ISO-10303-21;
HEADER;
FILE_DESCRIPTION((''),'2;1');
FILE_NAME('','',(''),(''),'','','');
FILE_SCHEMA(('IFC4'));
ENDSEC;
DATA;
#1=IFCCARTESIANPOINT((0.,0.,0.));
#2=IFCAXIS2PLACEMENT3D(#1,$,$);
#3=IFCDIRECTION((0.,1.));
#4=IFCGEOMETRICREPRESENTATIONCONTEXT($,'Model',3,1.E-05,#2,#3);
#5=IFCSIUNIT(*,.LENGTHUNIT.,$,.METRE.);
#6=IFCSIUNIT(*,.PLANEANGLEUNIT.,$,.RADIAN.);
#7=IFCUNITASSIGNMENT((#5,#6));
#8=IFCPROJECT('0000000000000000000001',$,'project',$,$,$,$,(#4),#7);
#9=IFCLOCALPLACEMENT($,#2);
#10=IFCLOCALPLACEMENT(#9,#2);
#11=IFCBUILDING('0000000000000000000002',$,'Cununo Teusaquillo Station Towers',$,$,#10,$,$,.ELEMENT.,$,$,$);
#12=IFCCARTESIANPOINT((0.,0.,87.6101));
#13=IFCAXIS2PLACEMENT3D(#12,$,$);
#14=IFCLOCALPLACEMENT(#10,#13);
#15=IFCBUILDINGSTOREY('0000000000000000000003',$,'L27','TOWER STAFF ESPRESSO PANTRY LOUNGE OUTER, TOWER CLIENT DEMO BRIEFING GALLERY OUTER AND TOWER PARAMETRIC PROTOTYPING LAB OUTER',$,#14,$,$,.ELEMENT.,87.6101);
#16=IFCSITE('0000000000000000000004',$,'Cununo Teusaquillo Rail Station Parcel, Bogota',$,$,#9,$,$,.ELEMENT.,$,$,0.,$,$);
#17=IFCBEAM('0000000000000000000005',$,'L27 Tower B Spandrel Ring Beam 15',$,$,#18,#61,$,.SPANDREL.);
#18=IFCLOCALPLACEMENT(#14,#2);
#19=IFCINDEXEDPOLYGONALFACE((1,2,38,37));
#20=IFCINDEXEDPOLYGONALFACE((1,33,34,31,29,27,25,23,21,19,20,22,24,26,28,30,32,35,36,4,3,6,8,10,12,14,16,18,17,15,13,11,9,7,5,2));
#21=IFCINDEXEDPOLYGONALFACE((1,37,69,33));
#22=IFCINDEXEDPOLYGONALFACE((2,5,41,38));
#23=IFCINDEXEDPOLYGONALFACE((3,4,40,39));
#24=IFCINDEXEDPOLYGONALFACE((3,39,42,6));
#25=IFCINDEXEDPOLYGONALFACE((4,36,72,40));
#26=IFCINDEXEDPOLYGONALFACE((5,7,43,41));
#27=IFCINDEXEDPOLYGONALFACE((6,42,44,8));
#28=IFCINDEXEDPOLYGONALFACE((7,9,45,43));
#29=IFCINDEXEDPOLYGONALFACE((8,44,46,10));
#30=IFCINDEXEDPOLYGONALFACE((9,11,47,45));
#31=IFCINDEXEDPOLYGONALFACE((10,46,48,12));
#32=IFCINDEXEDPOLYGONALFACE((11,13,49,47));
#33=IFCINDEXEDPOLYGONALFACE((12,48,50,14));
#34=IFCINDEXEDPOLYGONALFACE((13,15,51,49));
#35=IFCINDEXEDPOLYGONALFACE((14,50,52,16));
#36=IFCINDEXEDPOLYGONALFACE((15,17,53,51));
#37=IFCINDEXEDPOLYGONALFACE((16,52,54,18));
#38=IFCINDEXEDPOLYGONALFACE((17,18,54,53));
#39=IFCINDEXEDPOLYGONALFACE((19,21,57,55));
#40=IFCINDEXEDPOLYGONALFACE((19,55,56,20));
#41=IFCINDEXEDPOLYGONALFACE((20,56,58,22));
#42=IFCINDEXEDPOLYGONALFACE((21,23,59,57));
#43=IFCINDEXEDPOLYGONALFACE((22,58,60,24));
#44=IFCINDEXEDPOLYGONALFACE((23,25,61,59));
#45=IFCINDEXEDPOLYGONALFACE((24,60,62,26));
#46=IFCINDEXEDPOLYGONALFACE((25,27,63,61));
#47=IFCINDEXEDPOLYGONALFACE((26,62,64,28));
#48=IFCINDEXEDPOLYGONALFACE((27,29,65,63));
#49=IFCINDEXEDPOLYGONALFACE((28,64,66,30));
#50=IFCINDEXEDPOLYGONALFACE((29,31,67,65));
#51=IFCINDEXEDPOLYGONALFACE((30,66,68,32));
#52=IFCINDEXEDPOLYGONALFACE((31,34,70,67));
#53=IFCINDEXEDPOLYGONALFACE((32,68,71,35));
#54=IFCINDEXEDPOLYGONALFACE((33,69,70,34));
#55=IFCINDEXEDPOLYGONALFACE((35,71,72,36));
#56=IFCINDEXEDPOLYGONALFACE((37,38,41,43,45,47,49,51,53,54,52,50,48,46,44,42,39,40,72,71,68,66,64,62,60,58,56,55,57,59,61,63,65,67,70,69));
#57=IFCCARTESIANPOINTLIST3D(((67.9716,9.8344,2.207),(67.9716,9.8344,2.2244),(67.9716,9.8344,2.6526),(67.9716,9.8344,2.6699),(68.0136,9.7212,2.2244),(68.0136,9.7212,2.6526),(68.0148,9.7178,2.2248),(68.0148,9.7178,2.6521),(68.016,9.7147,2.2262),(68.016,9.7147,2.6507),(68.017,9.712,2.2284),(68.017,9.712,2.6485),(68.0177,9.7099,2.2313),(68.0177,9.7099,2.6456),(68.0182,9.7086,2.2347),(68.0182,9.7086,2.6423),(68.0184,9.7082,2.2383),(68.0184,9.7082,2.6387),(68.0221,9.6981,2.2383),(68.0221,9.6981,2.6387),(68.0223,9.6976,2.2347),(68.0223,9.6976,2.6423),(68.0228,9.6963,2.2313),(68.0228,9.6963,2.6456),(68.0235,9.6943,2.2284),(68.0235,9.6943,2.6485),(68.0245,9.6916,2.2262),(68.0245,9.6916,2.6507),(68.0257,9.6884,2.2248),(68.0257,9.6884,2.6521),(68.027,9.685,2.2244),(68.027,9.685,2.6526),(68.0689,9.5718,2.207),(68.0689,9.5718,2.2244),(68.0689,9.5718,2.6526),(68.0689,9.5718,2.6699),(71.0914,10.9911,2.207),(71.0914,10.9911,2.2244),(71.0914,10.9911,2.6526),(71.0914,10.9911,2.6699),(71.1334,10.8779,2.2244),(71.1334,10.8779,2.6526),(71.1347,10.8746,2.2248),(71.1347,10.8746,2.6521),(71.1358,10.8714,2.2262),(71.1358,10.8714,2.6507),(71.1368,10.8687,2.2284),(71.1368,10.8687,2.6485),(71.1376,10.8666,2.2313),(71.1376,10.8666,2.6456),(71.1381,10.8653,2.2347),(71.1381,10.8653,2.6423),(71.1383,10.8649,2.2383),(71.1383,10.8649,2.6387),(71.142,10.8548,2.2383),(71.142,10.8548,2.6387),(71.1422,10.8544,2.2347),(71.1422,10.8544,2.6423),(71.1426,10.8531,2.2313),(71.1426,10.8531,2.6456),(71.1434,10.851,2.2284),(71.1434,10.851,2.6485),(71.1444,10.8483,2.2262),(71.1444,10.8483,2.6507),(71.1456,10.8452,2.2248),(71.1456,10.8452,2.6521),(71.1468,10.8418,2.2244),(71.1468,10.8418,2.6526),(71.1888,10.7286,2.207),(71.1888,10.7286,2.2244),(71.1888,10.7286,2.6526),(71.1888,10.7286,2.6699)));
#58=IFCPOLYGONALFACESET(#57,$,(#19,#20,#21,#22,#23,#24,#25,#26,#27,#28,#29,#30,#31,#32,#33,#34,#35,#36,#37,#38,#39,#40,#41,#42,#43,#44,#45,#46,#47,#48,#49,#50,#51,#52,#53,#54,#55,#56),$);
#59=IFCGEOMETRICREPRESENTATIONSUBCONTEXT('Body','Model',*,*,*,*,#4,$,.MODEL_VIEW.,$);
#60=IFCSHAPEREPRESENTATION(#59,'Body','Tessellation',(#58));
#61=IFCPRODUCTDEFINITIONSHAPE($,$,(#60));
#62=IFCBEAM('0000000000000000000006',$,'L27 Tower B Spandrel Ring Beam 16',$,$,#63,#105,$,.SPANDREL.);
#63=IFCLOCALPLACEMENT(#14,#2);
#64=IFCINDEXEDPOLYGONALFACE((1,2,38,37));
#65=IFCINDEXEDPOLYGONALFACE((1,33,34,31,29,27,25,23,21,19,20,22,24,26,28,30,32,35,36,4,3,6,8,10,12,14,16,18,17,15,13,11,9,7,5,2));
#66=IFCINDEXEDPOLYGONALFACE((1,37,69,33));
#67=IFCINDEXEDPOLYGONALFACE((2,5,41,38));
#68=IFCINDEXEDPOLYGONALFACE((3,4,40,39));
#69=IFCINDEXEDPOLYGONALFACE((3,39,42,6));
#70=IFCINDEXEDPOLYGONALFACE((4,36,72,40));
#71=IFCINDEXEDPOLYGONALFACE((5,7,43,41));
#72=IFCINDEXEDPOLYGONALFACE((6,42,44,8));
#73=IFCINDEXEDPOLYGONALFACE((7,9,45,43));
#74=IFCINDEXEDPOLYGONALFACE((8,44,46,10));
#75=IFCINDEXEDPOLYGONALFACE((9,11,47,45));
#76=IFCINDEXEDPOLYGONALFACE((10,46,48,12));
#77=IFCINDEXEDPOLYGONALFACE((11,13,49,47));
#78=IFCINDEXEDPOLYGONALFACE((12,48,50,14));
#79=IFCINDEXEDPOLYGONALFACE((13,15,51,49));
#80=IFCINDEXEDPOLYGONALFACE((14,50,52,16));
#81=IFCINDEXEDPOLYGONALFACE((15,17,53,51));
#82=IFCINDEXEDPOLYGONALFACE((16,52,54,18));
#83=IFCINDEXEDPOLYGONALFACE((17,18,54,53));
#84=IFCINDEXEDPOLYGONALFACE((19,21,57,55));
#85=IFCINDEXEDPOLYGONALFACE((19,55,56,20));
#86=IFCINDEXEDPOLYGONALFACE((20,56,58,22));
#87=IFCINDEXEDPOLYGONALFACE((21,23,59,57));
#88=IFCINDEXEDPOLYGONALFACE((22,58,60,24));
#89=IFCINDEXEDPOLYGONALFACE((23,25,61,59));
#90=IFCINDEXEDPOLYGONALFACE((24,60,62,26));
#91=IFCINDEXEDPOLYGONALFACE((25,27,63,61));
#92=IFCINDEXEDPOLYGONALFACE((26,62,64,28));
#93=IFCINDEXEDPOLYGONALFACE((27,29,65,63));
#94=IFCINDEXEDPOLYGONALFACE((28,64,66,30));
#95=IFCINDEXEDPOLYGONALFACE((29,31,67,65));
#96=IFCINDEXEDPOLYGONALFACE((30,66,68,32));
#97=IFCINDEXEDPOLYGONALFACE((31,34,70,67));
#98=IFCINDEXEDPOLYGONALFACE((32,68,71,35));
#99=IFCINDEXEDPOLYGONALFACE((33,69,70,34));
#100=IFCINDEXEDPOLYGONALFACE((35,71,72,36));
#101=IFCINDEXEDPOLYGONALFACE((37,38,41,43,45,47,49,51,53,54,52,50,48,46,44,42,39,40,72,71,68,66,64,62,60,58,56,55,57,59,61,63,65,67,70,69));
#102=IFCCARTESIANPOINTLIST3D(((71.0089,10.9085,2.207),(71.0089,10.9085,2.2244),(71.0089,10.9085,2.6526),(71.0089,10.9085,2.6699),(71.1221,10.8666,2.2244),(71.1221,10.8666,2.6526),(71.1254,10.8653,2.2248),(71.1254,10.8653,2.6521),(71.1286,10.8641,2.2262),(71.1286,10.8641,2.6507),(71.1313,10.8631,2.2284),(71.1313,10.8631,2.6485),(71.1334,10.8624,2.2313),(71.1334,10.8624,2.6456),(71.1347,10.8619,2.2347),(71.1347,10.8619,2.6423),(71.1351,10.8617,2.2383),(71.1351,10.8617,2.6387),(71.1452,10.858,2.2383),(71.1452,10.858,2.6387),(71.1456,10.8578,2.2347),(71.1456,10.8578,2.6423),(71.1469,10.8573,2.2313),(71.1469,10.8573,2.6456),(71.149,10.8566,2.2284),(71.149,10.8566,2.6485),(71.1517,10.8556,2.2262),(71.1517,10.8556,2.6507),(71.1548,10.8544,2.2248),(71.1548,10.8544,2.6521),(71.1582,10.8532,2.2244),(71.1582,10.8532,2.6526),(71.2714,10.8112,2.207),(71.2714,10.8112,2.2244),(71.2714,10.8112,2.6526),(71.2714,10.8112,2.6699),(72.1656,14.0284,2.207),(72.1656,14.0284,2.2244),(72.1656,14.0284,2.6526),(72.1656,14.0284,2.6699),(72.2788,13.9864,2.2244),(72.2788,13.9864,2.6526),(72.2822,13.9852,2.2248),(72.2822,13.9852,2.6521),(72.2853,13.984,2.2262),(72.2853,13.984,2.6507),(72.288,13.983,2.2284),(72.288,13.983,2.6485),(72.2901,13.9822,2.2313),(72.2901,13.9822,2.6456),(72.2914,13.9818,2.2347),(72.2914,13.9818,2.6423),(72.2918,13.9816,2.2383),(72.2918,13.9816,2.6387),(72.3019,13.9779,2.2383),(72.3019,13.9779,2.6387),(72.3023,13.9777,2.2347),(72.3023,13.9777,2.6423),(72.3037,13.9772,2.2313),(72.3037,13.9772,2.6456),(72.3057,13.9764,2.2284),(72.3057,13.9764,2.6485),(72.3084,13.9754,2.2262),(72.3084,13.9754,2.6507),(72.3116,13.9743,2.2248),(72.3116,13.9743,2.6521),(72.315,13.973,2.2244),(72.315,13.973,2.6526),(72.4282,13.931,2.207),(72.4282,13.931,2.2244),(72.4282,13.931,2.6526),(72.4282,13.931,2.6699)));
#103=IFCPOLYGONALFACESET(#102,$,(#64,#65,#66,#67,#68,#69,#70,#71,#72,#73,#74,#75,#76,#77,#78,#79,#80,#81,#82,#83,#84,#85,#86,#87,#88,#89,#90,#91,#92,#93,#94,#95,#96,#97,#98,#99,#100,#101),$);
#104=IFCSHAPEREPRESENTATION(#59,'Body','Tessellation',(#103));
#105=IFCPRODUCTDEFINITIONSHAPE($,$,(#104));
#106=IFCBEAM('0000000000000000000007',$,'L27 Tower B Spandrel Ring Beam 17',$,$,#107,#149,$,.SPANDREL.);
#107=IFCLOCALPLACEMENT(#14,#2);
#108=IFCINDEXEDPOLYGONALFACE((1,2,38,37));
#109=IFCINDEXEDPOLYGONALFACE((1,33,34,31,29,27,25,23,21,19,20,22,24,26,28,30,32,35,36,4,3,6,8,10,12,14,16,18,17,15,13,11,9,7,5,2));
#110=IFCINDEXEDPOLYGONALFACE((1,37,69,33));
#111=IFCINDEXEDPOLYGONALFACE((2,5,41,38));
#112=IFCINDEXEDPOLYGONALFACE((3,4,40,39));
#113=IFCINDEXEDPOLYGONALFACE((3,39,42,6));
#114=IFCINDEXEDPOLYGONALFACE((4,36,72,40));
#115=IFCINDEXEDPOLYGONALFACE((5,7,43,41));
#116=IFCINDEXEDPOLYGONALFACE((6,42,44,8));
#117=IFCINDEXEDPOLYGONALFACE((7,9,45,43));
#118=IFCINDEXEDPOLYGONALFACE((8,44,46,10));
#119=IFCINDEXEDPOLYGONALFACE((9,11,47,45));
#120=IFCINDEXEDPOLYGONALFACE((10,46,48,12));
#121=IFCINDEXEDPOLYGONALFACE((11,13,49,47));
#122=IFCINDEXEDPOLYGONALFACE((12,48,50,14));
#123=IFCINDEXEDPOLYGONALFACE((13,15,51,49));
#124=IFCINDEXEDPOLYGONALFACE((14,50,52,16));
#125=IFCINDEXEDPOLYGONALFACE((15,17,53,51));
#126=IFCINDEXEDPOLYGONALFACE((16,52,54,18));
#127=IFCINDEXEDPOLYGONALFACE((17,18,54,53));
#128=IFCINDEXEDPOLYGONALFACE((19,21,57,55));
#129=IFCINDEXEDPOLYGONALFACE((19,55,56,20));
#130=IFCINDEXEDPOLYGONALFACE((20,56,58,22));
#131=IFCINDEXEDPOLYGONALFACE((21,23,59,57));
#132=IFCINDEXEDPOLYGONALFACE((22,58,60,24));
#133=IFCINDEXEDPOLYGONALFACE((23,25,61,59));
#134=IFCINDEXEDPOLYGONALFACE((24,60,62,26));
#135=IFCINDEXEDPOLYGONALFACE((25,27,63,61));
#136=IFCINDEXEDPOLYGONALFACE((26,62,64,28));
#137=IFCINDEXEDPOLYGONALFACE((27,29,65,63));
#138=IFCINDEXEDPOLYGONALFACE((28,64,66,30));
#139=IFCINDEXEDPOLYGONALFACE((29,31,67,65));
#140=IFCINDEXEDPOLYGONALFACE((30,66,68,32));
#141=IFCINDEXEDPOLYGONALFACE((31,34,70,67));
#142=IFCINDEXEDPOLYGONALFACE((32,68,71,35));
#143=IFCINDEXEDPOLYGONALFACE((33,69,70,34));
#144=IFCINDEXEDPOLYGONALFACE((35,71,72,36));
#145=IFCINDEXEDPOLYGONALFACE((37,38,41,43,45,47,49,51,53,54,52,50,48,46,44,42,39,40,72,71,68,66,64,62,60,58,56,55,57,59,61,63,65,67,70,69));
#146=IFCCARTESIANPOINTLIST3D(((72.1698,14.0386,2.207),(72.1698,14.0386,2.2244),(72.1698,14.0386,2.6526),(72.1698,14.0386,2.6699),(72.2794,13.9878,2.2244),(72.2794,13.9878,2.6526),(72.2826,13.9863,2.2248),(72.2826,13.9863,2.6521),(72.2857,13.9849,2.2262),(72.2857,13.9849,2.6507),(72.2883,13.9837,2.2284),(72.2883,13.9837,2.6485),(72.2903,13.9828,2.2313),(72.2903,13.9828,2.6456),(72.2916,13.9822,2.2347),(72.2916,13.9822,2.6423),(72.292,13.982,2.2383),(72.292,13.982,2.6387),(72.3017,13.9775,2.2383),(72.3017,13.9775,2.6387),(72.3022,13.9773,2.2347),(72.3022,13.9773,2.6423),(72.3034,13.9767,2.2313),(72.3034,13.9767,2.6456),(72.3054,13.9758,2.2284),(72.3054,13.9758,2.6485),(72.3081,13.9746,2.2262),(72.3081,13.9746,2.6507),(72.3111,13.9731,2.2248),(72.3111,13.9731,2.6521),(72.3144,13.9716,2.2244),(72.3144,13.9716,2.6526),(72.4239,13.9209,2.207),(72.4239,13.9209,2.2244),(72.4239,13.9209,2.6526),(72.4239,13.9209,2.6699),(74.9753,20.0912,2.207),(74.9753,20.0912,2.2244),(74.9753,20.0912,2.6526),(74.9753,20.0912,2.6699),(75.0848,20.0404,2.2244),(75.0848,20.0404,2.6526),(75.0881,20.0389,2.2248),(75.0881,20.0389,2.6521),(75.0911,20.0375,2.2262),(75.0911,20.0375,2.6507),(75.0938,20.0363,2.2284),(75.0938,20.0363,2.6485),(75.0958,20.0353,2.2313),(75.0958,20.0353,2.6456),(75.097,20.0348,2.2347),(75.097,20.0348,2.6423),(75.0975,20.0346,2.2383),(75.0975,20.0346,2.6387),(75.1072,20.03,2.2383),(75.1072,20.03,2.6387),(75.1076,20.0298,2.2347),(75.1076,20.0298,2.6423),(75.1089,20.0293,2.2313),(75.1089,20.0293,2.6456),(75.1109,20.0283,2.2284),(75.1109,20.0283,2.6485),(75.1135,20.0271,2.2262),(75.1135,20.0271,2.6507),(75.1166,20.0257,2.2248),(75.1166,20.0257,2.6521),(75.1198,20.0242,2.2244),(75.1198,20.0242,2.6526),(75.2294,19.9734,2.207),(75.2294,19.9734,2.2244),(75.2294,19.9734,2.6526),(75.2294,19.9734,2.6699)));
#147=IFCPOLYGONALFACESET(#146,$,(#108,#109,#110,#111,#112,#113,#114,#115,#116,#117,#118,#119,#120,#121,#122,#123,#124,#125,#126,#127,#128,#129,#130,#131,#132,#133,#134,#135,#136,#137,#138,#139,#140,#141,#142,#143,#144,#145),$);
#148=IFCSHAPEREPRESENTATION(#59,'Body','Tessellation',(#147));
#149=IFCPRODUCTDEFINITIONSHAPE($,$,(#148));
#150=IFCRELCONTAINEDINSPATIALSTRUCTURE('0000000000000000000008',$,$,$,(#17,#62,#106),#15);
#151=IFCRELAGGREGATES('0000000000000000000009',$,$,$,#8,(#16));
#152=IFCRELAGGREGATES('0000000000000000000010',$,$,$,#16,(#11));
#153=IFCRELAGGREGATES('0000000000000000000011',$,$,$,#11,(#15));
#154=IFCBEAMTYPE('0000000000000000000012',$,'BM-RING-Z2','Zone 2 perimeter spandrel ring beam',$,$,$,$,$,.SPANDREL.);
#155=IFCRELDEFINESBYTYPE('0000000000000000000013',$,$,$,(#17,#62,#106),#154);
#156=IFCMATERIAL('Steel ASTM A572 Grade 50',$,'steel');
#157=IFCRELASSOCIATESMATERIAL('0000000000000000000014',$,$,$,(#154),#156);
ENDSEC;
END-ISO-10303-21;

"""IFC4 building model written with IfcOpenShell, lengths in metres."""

from ifc_helpers import new_model, si_unit, direction, frame, origin, origin_2d, place, context, subcontext, project, spatial, i_section, extrude, material, material_profile, profile_set, type_object, element, save


model = new_model("IFC4")

# Units and contexts
model_context = context("Model", 3, precision=1e-05, world=origin(), true_north=direction((0.0, 1.0)))
body_context = subcontext(model_context, "Body", "Model", "MODEL_VIEW")
ifc_project = project(units=[si_unit("LENGTHUNIT", "METRE"), si_unit("PLANEANGLEUNIT", "RADIAN")], contexts=[model_context])

# Site, building, storey
site_placement = place(None, origin())
site = spatial("IfcSite", under=ifc_project, at=site_placement, Name="Cununo Teusaquillo Rail Station Parcel, Bogota", CompositionType="ELEMENT", RefElevation=0.0)
building_placement = place(site_placement, origin())
building = spatial("IfcBuilding", under=site, at=building_placement, Name="Cununo Teusaquillo Station Towers", CompositionType="ELEMENT")
storey_placement = place(building_placement, frame((0.0, 0.0, 87.6101)))
storey = spatial("IfcBuildingStorey", under=building, at=storey_placement, Name="L27", Description="TOWER STAFF ESPRESSO PANTRY LOUNGE OUTER, TOWER CLIENT DEMO BRIEFING GALLERY OUTER AND TOWER PARAMETRIC PROTOTYPING LAB OUTER", CompositionType="ELEMENT", Elevation=87.6101)

# Beams
ifc_material_1 = material(Name="Steel ASTM A572 Grade 50", Category="steel")
ifc_material_profile_1 = material_profile(ifc_material_1, i_section(OverallWidth=0.28, OverallDepth=0.4629, WebThickness=0.0107, FlangeThickness=0.0173, FilletRadius=0.0139, at=origin_2d()), Name="W18X76")
ifc_profile_set_1 = profile_set([ifc_material_profile_1], Name="Steel ASTM A572 Grade 50")
beam_type_1 = type_object("IfcBeamType", Name="BM-RING-Z2", Description="Zone 2 perimeter spandrel ring beam", PredefinedType="SPANDREL", material=ifc_profile_set_1)
for number, where, z_axis, x_axis, name in (
    (1, (68.0203, 9.7031, 2.4385), (0.937628, 0.347639, 0.0), (-0.347639, 0.937628, 0.0), "L27 Tower B Spandrel Ring Beam 15"),
    (2, (71.1401, 10.8599, 2.4385), (0.347639, 0.937628, 0.0), (-0.937628, 0.347639, 0.0), "L27 Tower B Spandrel Ring Beam 16"),
):
    element("IfcBeam", number, at=place(storey_placement, frame(where, z_axis=z_axis, x_axis=x_axis)), inside=storey, type_object=beam_type_1, Name=name, PredefinedType="SPANDREL", context=body_context, shape_type="SweptSolid", body=[
        extrude(i_section(OverallWidth=0.28, OverallDepth=0.4629, WebThickness=0.0107, FlangeThickness=0.0173, FilletRadius=0.0139, at=origin_2d()), origin(), (0.0, 0.0, 1.0), 3.3274),
    ])
beam_1_placement = place(storey_placement, frame((72.2969, 13.9797, 2.4385), z_axis=(0.420536, 0.907276, 0.0), x_axis=(-0.907276, 0.420536, 0.0)))
element("IfcBeam", 3, at=beam_1_placement, inside=storey, type_object=beam_type_1, Name="L27 Tower B Spandrel Ring Beam 17", PredefinedType="SPANDREL", context=body_context, shape_type="SweptSolid", body=[
    extrude(i_section(OverallWidth=0.28, OverallDepth=0.4629, WebThickness=0.0107, FlangeThickness=0.0173, FilletRadius=0.0139, at=origin_2d()), origin(), (0.0, 0.0, 1.0), 6.6711),
])

save(model, "model.ifc")
